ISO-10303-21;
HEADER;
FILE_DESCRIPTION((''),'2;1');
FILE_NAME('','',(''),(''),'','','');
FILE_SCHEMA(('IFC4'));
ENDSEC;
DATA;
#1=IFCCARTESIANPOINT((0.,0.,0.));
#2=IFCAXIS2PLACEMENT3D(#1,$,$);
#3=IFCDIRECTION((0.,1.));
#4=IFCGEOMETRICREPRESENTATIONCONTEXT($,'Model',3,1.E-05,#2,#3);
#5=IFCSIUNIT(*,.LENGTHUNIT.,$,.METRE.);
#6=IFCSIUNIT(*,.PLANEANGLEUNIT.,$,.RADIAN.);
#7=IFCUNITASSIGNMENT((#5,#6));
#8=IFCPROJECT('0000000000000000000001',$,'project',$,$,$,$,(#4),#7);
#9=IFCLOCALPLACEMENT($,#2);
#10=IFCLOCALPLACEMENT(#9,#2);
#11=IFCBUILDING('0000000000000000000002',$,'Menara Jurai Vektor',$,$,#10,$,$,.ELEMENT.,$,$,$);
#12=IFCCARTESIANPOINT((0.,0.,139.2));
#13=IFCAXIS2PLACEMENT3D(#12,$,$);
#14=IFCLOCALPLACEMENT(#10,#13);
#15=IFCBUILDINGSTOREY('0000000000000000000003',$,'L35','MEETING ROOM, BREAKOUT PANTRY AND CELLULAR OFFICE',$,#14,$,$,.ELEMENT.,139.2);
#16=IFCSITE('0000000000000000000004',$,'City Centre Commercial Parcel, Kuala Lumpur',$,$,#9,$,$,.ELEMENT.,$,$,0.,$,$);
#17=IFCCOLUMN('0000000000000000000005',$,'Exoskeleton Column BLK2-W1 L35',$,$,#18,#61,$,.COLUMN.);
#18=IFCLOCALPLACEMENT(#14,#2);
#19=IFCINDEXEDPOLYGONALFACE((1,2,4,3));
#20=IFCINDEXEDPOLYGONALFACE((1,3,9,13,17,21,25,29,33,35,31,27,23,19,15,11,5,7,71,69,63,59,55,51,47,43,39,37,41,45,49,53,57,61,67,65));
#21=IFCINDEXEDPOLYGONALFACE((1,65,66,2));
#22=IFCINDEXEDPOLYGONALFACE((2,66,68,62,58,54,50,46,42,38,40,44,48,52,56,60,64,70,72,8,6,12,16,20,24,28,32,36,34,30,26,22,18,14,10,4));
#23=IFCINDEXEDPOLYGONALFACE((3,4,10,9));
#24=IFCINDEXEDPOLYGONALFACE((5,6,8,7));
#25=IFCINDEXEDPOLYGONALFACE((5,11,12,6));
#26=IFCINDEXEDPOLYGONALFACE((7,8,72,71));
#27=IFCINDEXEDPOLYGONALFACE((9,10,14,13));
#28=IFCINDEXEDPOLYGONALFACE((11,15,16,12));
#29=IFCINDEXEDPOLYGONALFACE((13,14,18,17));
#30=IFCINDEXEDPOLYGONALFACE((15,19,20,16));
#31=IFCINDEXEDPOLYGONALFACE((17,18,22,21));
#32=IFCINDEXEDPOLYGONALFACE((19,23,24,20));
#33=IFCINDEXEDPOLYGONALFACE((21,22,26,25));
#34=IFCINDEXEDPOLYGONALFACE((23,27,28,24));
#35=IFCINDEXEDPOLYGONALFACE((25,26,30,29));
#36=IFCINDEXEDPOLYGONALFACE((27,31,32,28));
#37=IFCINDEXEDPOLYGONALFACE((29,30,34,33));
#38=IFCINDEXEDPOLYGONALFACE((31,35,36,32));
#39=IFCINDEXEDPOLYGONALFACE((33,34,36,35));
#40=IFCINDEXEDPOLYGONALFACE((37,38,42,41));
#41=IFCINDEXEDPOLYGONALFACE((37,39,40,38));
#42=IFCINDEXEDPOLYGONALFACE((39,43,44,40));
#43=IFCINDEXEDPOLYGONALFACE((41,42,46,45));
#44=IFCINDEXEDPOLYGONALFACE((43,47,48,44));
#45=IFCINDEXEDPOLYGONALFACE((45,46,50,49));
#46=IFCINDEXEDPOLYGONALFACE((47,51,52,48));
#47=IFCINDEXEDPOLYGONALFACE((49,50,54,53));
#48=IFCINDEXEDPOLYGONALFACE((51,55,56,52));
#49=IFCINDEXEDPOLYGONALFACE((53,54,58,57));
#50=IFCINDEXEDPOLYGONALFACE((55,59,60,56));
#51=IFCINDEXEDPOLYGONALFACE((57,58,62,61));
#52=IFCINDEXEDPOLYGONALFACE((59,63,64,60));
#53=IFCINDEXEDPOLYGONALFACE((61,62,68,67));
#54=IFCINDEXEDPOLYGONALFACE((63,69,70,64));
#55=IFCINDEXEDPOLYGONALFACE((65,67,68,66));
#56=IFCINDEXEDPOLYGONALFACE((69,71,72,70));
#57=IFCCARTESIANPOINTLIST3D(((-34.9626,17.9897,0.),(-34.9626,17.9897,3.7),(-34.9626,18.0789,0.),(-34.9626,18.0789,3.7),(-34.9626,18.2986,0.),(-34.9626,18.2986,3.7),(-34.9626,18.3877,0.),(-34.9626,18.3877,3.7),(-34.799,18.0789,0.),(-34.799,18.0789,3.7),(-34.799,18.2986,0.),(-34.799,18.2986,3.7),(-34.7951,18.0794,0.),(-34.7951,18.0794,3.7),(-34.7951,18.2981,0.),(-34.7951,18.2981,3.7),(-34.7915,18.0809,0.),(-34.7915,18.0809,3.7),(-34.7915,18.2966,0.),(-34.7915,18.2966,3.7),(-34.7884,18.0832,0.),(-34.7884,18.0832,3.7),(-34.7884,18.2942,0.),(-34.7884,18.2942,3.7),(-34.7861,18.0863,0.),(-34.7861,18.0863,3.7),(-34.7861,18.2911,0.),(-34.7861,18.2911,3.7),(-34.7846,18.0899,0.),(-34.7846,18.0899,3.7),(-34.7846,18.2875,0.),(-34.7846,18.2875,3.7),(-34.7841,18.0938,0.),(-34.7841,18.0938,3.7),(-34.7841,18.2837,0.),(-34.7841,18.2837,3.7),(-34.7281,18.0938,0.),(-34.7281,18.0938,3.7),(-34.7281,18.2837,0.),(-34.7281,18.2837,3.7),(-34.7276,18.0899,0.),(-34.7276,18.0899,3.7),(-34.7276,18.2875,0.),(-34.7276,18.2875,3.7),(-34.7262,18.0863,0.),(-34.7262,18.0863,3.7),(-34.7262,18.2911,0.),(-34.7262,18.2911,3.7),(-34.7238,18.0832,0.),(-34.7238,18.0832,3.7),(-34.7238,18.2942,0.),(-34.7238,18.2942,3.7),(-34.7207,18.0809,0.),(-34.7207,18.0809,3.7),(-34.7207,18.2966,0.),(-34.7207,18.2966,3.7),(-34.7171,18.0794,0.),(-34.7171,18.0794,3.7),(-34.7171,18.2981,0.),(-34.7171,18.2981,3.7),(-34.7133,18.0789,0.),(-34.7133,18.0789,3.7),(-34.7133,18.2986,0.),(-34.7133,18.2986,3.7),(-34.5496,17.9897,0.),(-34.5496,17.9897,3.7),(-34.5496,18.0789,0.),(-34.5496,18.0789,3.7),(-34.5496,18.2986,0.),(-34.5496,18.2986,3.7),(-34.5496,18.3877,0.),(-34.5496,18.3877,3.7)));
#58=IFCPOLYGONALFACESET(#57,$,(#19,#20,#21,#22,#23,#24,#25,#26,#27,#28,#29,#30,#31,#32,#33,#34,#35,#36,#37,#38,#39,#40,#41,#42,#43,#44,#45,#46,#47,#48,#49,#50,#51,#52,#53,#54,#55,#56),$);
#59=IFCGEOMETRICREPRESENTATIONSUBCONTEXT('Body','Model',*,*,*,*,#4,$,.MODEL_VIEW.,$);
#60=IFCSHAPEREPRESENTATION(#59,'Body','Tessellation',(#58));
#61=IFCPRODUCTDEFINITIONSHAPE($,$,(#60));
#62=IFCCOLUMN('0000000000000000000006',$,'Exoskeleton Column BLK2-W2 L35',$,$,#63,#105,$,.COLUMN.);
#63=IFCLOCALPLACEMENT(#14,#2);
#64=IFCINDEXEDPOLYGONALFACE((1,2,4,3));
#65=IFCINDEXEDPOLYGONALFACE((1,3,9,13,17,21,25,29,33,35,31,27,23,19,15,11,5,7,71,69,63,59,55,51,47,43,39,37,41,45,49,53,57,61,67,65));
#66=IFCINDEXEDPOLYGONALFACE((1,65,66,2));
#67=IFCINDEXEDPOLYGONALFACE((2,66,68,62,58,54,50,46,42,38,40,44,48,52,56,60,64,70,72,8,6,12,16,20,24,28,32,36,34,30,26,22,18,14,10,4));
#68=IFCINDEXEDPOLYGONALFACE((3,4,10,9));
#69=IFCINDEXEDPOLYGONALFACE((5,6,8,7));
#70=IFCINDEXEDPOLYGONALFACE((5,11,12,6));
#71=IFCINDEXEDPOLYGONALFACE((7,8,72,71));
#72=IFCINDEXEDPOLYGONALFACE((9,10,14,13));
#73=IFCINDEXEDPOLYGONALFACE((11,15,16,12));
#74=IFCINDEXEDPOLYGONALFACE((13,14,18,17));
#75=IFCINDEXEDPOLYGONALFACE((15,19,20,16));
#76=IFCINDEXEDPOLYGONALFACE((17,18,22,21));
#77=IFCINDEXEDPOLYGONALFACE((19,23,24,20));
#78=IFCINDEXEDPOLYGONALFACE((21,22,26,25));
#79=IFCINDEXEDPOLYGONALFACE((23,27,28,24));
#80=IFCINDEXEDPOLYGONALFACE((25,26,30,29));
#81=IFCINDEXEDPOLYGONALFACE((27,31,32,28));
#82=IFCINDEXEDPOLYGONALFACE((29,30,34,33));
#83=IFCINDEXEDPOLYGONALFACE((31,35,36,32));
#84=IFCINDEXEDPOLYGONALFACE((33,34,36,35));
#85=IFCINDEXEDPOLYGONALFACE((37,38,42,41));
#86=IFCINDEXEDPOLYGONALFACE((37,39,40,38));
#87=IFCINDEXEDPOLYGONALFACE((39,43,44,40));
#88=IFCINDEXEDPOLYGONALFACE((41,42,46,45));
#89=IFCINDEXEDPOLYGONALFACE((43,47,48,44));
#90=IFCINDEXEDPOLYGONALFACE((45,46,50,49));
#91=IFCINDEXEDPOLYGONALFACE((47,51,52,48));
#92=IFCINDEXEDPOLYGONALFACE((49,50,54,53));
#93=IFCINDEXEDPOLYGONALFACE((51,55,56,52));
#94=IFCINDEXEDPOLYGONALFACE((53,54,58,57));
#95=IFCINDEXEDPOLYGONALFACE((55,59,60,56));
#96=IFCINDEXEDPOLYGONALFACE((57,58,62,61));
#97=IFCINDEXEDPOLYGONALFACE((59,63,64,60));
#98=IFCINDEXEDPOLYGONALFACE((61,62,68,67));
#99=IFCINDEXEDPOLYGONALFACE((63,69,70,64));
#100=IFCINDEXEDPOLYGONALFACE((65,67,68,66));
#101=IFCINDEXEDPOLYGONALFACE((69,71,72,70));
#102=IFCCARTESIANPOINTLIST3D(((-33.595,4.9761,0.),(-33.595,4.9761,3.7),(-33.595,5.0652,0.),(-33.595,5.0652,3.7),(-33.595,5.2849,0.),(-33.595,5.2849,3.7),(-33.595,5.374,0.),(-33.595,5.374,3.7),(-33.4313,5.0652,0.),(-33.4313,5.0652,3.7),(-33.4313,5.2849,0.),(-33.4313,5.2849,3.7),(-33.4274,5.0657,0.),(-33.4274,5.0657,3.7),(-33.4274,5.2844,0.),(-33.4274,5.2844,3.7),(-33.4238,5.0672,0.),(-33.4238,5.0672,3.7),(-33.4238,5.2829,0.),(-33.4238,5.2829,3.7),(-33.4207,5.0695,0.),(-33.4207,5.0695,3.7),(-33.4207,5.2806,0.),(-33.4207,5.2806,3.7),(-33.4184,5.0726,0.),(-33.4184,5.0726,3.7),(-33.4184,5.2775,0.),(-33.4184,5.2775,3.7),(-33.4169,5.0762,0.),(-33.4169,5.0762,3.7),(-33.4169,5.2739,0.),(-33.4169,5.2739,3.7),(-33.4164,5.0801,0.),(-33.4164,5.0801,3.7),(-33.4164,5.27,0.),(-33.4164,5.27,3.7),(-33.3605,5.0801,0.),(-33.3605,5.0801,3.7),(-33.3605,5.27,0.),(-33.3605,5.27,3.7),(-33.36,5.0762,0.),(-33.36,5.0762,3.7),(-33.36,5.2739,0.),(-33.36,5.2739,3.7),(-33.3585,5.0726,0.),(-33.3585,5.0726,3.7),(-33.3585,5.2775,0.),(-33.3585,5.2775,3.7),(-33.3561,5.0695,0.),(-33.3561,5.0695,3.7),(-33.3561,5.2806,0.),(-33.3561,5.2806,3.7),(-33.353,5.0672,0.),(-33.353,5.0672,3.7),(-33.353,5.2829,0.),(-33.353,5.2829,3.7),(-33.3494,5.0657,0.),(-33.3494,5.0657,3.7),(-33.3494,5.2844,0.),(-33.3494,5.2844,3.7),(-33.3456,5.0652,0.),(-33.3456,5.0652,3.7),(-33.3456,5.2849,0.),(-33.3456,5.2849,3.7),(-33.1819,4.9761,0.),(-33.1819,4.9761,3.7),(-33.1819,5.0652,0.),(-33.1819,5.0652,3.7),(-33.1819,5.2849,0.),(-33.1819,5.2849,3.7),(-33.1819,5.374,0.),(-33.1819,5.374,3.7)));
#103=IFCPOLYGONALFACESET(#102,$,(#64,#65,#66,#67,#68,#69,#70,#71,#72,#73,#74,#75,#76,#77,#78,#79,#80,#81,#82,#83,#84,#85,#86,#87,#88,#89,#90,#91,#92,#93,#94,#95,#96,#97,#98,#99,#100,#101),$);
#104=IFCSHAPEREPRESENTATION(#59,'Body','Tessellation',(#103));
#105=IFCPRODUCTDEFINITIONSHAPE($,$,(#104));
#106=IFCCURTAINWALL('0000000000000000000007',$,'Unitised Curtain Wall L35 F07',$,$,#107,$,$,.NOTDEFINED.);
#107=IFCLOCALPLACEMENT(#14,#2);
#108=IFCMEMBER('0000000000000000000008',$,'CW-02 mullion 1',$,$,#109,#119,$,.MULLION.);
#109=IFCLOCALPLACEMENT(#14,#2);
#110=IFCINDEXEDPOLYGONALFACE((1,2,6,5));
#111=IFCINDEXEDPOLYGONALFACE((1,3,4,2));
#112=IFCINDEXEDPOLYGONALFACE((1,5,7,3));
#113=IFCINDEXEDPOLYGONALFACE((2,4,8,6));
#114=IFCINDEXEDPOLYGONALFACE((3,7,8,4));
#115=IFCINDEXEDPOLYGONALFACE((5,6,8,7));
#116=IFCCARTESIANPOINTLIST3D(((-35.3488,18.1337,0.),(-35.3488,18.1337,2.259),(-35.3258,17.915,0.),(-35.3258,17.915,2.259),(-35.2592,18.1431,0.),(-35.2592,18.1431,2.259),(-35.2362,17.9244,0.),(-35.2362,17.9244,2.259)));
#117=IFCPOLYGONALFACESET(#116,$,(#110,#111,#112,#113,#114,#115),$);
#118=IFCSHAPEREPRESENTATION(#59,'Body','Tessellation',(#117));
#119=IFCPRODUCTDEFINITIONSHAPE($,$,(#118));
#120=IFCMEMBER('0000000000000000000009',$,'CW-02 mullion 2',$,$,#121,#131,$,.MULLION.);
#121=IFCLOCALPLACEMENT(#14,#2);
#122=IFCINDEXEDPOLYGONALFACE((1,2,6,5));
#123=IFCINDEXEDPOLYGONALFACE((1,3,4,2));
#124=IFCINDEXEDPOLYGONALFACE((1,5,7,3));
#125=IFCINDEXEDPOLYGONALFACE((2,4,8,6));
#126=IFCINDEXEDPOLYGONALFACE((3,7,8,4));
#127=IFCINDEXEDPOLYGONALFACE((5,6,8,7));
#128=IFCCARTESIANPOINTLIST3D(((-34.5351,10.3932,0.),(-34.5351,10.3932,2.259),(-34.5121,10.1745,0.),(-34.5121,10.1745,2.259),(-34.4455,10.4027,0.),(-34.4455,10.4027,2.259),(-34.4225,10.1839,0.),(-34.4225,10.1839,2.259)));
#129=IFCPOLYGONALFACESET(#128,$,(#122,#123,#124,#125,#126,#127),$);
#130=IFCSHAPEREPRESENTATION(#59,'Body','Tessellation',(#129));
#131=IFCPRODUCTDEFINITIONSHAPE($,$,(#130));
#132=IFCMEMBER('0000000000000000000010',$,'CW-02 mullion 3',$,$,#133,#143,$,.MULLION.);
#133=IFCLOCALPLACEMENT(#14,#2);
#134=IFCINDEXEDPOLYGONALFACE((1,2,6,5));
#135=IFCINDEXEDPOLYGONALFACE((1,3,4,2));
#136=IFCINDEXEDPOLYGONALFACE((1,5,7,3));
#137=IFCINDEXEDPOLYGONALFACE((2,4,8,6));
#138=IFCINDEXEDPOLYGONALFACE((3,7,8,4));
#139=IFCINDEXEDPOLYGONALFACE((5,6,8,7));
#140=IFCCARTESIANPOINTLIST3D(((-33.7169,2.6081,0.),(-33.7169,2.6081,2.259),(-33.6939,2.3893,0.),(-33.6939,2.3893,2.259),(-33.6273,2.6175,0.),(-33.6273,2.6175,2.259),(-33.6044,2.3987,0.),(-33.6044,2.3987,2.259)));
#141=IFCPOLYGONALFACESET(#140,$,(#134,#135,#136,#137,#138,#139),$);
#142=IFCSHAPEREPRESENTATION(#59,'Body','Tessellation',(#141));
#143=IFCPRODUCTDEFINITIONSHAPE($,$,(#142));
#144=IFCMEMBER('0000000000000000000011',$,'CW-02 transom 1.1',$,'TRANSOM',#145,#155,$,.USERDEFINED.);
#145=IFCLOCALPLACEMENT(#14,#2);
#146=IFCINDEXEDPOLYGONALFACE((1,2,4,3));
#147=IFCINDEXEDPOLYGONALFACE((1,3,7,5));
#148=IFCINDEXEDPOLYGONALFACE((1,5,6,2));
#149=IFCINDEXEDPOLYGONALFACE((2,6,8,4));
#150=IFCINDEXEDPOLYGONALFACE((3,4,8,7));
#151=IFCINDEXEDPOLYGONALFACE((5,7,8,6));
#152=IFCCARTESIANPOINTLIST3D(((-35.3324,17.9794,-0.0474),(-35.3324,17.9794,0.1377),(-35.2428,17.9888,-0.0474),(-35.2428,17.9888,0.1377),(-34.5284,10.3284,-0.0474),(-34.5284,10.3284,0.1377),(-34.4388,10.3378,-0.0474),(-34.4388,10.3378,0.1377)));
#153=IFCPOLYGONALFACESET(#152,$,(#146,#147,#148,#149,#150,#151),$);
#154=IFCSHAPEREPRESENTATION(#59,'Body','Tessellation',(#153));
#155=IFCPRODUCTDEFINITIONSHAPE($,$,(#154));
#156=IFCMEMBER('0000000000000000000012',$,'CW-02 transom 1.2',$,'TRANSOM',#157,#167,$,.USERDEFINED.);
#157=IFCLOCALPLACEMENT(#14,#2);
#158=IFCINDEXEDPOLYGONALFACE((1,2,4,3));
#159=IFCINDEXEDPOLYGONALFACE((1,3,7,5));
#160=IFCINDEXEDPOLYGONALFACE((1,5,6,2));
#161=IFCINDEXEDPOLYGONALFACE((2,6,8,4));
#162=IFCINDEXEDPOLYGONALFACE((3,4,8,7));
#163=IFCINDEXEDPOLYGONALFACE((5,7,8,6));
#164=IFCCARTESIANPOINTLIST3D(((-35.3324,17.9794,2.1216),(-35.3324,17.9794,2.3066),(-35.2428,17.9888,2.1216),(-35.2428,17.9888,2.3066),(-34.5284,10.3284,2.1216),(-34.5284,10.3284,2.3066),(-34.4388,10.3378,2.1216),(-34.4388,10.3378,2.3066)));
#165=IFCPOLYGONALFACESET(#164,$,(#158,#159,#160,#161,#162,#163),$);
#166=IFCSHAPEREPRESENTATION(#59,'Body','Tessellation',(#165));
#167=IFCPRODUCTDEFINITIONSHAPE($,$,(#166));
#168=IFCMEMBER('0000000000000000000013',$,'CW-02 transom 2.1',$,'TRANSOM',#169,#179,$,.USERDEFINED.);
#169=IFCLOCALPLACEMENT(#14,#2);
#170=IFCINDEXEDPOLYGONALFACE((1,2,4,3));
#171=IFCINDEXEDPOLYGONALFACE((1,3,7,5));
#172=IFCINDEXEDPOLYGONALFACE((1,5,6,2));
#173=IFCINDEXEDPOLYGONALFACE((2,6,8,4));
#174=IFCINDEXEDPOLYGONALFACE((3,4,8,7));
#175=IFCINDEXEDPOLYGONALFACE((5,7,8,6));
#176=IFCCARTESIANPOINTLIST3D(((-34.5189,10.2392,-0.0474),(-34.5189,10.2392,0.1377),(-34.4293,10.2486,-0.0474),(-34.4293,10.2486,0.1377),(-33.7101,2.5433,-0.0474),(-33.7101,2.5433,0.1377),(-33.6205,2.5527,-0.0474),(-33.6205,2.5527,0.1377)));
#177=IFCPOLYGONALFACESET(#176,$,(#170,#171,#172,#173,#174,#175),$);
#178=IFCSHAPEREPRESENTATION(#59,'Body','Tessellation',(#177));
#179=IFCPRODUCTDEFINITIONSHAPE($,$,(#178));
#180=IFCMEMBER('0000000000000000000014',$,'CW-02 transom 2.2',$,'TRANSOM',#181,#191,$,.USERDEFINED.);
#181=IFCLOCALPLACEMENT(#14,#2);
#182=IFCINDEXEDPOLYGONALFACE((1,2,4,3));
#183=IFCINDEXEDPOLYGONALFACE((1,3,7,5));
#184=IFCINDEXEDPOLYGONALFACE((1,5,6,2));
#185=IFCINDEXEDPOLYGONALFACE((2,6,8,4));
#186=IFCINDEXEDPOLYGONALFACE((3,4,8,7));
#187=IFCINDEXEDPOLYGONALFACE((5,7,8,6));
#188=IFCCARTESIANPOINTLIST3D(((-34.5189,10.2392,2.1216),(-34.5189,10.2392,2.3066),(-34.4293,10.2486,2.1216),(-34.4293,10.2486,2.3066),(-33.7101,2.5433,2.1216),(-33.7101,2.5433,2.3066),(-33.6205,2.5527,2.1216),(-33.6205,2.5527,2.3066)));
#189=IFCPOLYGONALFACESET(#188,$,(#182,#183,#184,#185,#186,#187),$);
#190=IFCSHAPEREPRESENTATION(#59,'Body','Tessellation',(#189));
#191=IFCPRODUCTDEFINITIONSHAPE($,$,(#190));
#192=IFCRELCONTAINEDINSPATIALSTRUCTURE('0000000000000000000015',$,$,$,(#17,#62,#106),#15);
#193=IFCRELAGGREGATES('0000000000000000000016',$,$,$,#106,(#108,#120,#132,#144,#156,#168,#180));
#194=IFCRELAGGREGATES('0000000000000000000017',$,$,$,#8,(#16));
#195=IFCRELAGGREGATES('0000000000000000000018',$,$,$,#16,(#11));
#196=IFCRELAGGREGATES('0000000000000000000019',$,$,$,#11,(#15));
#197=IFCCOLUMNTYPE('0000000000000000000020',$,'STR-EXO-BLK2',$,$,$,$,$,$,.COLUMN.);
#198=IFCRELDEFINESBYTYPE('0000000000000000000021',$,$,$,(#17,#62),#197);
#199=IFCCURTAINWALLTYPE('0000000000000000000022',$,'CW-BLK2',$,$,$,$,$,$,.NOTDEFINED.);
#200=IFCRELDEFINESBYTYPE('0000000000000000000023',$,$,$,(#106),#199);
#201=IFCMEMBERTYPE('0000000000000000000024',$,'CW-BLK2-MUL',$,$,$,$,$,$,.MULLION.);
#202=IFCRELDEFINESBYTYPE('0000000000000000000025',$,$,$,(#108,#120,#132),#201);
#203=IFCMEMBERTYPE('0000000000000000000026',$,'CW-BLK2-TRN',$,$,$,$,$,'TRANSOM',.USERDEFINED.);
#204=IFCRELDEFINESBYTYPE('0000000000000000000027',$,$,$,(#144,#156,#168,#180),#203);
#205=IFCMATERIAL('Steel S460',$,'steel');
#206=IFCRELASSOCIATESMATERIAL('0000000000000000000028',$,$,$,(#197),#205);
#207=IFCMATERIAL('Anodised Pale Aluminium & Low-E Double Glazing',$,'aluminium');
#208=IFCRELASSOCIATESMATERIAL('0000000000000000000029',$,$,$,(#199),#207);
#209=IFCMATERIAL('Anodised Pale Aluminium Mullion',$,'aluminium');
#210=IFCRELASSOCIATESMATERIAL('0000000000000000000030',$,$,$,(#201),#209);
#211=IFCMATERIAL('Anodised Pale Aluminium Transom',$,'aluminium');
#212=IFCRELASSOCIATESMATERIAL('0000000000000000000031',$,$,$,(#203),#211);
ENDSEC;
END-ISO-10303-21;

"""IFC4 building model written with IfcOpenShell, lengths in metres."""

from ifc_helpers import new_model, si_unit, direction, frame, origin, origin_2d, place, context, subcontext, project, spatial, rectangle, i_section, extrude, material, material_profile, profile_set, type_object, element, aggregate, save


model = new_model("IFC4")

# Units and contexts
model_context = context("Model", 3, precision=1e-05, world=origin(), true_north=direction((0.0, 1.0)))
body_context = subcontext(model_context, "Body", "Model", "MODEL_VIEW")
ifc_project = project(units=[si_unit("LENGTHUNIT", "METRE"), si_unit("PLANEANGLEUNIT", "RADIAN")], contexts=[model_context])

# Site, building, storey
site_placement = place(None, origin())
site = spatial("IfcSite", under=ifc_project, at=site_placement, Name="City Centre Commercial Parcel, Kuala Lumpur", CompositionType="ELEMENT", RefElevation=0.0)
building_placement = place(site_placement, origin())
building = spatial("IfcBuilding", under=site, at=building_placement, Name="Menara Jurai Vektor", CompositionType="ELEMENT")
storey_placement = place(building_placement, frame((0.0, 0.0, 139.2)))
storey = spatial("IfcBuildingStorey", under=building, at=storey_placement, Name="L35", Description="MEETING ROOM, BREAKOUT PANTRY AND CELLULAR OFFICE", CompositionType="ELEMENT", Elevation=139.2)

# Columns
ifc_material_1 = material(Name="Steel S460", Category="steel")
ifc_material_profile_1 = material_profile(ifc_material_1, i_section(OverallWidth=0.4131, OverallDepth=0.3979, WebThickness=0.0559, FlangeThickness=0.0891, FilletRadius=0.0149, at=origin_2d()), Name="HD 400x744")
ifc_profile_set_1 = profile_set([ifc_material_profile_1], Name="Steel S460")
column_type = type_object("IfcColumnType", Name="STR-EXO-BLK2", PredefinedType="COLUMN", material=ifc_profile_set_1)
for number, where, z_axis, x_axis, name in (
    (1, (-34.7561, 18.1887, 0.0), (0.0, 0.0, 1.0), (1.0, 0.0, 0.0), "Exoskeleton Column BLK2-W1 L35"),
    (2, (-33.3884, 5.175, 0.0), (0.0, 0.0, 1.0), (1.0, 0.0, 0.0), "Exoskeleton Column BLK2-W2 L35"),
):
    element("IfcColumn", number, at=place(storey_placement, frame(where, z_axis=z_axis, x_axis=x_axis)), inside=storey, type_object=column_type, Name=name, PredefinedType="COLUMN", context=body_context, shape_type="SweptSolid", body=[
        extrude(i_section(OverallWidth=0.4131, OverallDepth=0.3979, WebThickness=0.0559, FlangeThickness=0.0891, FilletRadius=0.0149, at=origin_2d()), origin(), (0.0, 0.0, 1.0), 3.7),
    ])

# Curtain wall, members
ifc_material_2 = material(Name="Anodised Pale Aluminium & Low-E Double Glazing", Category="aluminium")
curtain_wall_type = type_object("IfcCurtainWallType", Name="CW-BLK2", PredefinedType="NOTDEFINED", material=ifc_material_2)
curtain_wall_placement = place(storey_placement, origin())
curtain_wall = element("IfcCurtainWall", 3, at=curtain_wall_placement, inside=storey, type_object=curtain_wall_type, Name="Unitised Curtain Wall L35 F07", PredefinedType="NOTDEFINED")
ifc_material_3 = material(Name="Anodised Pale Aluminium Mullion", Category="aluminium")
ifc_material_profile_2 = material_profile(ifc_material_3, rectangle(XDim=0.0901, YDim=0.22, at=origin_2d()), Name="ALU MUL 90x220")
ifc_profile_set_2 = profile_set([ifc_material_profile_2], Name="Anodised Pale Aluminium Mullion")
member_type_1 = type_object("IfcMemberType", Name="CW-BLK2-MUL", PredefinedType="MULLION", material=ifc_profile_set_2)
member_1_placement = place(storey_placement, frame((-35.2925, 18.0291, 0.0), z_axis=(0.0, 0.0, 1.0), x_axis=(0.994522, 0.10453, 0.0)))
member_1 = element("IfcMember", 4, at=member_1_placement, type_object=member_type_1, Name="CW-02 mullion 1", PredefinedType="MULLION", context=body_context, shape_type="SweptSolid", body=[
    extrude(rectangle(XDim=0.0901, YDim=0.22, at=origin_2d()), origin(), (0.0, 0.0, 1.0), 2.259),
])
member_2_placement = place(storey_placement, frame((-34.4788, 10.2886, 0.0), z_axis=(0.0, 0.0, 1.0), x_axis=(0.994522, 0.10453, 0.0)))
member_2 = element("IfcMember", 5, at=member_2_placement, type_object=member_type_1, Name="CW-02 mullion 2", PredefinedType="MULLION", context=body_context, shape_type="SweptSolid", body=[
    extrude(rectangle(XDim=0.0901, YDim=0.22, at=origin_2d()), origin(), (0.0, 0.0, 1.0), 2.259),
])
member_3_placement = place(storey_placement, frame((-33.6606, 2.5034, 0.0), z_axis=(0.0, 0.0, 1.0), x_axis=(0.994522, 0.10453, 0.0)))
member_3 = element("IfcMember", 6, at=member_3_placement, type_object=member_type_1, Name="CW-02 mullion 3", PredefinedType="MULLION", context=body_context, shape_type="SweptSolid", body=[
    extrude(rectangle(XDim=0.0901, YDim=0.22, at=origin_2d()), origin(), (0.0, 0.0, 1.0), 2.259),
])
ifc_material_4 = material(Name="Anodised Pale Aluminium Transom", Category="aluminium")
ifc_material_profile_3 = material_profile(ifc_material_4, rectangle(XDim=0.0901, YDim=0.1851, at=origin_2d()), Name="ALU TRN 90x185")
ifc_profile_set_3 = profile_set([ifc_material_profile_3], Name="Anodised Pale Aluminium Transom")
member_type_2 = type_object("IfcMemberType", Name="CW-BLK2-TRN", ElementType="TRANSOM", PredefinedType="USERDEFINED", material=ifc_profile_set_3)
member_4_placement = place(storey_placement, frame((-35.2876, 17.9841, 0.0452), z_axis=(0.104505, -0.994524, 0.0), x_axis=(0.994524, 0.104505, 0.0)))
member_4 = element("IfcMember", 7, at=member_4_placement, type_object=member_type_2, Name="CW-02 transom 1.1", ObjectType="TRANSOM", PredefinedType="USERDEFINED", context=body_context, shape_type="SweptSolid", body=[
    extrude(rectangle(XDim=0.0901, YDim=0.1851, at=origin_2d()), origin(), (0.0, 0.0, 1.0), 7.6931),
])
member_5_placement = place(storey_placement, frame((-35.2876, 17.9841, 2.2141), z_axis=(0.104505, -0.994524, 0.0), x_axis=(0.994524, 0.104505, 0.0)))
member_5 = element("IfcMember", 8, at=member_5_placement, type_object=member_type_2, Name="CW-02 transom 1.2", ObjectType="TRANSOM", PredefinedType="USERDEFINED", context=body_context, shape_type="SweptSolid", body=[
    extrude(rectangle(XDim=0.0901, YDim=0.1851, at=origin_2d()), origin(), (0.0, 0.0, 1.0), 7.6931),
])
member_6_placement = place(storey_placement, frame((-34.4741, 10.2439, 0.0452), z_axis=(0.104525, -0.994522, 0.0), x_axis=(0.994522, 0.104525, 0.0)))
member_6 = element("IfcMember", 9, at=member_6_placement, type_object=member_type_2, Name="CW-02 transom 2.1", ObjectType="TRANSOM", PredefinedType="USERDEFINED", context=body_context, shape_type="SweptSolid", body=[
    extrude(rectangle(XDim=0.0901, YDim=0.1851, at=origin_2d()), origin(), (0.0, 0.0, 1.0), 7.7383),
])
member_7_placement = place(storey_placement, frame((-34.4741, 10.2439, 2.2141), z_axis=(0.104525, -0.994522, 0.0), x_axis=(0.994522, 0.104525, 0.0)))
member_7 = element("IfcMember", 10, at=member_7_placement, type_object=member_type_2, Name="CW-02 transom 2.2", ObjectType="TRANSOM", PredefinedType="USERDEFINED", context=body_context, shape_type="SweptSolid", body=[
    extrude(rectangle(XDim=0.0901, YDim=0.1851, at=origin_2d()), origin(), (0.0, 0.0, 1.0), 7.7383),
])

aggregate(curtain_wall, [member_1, member_2, member_3, member_4, member_5, member_6, member_7])

save(model, "model.ifc")
